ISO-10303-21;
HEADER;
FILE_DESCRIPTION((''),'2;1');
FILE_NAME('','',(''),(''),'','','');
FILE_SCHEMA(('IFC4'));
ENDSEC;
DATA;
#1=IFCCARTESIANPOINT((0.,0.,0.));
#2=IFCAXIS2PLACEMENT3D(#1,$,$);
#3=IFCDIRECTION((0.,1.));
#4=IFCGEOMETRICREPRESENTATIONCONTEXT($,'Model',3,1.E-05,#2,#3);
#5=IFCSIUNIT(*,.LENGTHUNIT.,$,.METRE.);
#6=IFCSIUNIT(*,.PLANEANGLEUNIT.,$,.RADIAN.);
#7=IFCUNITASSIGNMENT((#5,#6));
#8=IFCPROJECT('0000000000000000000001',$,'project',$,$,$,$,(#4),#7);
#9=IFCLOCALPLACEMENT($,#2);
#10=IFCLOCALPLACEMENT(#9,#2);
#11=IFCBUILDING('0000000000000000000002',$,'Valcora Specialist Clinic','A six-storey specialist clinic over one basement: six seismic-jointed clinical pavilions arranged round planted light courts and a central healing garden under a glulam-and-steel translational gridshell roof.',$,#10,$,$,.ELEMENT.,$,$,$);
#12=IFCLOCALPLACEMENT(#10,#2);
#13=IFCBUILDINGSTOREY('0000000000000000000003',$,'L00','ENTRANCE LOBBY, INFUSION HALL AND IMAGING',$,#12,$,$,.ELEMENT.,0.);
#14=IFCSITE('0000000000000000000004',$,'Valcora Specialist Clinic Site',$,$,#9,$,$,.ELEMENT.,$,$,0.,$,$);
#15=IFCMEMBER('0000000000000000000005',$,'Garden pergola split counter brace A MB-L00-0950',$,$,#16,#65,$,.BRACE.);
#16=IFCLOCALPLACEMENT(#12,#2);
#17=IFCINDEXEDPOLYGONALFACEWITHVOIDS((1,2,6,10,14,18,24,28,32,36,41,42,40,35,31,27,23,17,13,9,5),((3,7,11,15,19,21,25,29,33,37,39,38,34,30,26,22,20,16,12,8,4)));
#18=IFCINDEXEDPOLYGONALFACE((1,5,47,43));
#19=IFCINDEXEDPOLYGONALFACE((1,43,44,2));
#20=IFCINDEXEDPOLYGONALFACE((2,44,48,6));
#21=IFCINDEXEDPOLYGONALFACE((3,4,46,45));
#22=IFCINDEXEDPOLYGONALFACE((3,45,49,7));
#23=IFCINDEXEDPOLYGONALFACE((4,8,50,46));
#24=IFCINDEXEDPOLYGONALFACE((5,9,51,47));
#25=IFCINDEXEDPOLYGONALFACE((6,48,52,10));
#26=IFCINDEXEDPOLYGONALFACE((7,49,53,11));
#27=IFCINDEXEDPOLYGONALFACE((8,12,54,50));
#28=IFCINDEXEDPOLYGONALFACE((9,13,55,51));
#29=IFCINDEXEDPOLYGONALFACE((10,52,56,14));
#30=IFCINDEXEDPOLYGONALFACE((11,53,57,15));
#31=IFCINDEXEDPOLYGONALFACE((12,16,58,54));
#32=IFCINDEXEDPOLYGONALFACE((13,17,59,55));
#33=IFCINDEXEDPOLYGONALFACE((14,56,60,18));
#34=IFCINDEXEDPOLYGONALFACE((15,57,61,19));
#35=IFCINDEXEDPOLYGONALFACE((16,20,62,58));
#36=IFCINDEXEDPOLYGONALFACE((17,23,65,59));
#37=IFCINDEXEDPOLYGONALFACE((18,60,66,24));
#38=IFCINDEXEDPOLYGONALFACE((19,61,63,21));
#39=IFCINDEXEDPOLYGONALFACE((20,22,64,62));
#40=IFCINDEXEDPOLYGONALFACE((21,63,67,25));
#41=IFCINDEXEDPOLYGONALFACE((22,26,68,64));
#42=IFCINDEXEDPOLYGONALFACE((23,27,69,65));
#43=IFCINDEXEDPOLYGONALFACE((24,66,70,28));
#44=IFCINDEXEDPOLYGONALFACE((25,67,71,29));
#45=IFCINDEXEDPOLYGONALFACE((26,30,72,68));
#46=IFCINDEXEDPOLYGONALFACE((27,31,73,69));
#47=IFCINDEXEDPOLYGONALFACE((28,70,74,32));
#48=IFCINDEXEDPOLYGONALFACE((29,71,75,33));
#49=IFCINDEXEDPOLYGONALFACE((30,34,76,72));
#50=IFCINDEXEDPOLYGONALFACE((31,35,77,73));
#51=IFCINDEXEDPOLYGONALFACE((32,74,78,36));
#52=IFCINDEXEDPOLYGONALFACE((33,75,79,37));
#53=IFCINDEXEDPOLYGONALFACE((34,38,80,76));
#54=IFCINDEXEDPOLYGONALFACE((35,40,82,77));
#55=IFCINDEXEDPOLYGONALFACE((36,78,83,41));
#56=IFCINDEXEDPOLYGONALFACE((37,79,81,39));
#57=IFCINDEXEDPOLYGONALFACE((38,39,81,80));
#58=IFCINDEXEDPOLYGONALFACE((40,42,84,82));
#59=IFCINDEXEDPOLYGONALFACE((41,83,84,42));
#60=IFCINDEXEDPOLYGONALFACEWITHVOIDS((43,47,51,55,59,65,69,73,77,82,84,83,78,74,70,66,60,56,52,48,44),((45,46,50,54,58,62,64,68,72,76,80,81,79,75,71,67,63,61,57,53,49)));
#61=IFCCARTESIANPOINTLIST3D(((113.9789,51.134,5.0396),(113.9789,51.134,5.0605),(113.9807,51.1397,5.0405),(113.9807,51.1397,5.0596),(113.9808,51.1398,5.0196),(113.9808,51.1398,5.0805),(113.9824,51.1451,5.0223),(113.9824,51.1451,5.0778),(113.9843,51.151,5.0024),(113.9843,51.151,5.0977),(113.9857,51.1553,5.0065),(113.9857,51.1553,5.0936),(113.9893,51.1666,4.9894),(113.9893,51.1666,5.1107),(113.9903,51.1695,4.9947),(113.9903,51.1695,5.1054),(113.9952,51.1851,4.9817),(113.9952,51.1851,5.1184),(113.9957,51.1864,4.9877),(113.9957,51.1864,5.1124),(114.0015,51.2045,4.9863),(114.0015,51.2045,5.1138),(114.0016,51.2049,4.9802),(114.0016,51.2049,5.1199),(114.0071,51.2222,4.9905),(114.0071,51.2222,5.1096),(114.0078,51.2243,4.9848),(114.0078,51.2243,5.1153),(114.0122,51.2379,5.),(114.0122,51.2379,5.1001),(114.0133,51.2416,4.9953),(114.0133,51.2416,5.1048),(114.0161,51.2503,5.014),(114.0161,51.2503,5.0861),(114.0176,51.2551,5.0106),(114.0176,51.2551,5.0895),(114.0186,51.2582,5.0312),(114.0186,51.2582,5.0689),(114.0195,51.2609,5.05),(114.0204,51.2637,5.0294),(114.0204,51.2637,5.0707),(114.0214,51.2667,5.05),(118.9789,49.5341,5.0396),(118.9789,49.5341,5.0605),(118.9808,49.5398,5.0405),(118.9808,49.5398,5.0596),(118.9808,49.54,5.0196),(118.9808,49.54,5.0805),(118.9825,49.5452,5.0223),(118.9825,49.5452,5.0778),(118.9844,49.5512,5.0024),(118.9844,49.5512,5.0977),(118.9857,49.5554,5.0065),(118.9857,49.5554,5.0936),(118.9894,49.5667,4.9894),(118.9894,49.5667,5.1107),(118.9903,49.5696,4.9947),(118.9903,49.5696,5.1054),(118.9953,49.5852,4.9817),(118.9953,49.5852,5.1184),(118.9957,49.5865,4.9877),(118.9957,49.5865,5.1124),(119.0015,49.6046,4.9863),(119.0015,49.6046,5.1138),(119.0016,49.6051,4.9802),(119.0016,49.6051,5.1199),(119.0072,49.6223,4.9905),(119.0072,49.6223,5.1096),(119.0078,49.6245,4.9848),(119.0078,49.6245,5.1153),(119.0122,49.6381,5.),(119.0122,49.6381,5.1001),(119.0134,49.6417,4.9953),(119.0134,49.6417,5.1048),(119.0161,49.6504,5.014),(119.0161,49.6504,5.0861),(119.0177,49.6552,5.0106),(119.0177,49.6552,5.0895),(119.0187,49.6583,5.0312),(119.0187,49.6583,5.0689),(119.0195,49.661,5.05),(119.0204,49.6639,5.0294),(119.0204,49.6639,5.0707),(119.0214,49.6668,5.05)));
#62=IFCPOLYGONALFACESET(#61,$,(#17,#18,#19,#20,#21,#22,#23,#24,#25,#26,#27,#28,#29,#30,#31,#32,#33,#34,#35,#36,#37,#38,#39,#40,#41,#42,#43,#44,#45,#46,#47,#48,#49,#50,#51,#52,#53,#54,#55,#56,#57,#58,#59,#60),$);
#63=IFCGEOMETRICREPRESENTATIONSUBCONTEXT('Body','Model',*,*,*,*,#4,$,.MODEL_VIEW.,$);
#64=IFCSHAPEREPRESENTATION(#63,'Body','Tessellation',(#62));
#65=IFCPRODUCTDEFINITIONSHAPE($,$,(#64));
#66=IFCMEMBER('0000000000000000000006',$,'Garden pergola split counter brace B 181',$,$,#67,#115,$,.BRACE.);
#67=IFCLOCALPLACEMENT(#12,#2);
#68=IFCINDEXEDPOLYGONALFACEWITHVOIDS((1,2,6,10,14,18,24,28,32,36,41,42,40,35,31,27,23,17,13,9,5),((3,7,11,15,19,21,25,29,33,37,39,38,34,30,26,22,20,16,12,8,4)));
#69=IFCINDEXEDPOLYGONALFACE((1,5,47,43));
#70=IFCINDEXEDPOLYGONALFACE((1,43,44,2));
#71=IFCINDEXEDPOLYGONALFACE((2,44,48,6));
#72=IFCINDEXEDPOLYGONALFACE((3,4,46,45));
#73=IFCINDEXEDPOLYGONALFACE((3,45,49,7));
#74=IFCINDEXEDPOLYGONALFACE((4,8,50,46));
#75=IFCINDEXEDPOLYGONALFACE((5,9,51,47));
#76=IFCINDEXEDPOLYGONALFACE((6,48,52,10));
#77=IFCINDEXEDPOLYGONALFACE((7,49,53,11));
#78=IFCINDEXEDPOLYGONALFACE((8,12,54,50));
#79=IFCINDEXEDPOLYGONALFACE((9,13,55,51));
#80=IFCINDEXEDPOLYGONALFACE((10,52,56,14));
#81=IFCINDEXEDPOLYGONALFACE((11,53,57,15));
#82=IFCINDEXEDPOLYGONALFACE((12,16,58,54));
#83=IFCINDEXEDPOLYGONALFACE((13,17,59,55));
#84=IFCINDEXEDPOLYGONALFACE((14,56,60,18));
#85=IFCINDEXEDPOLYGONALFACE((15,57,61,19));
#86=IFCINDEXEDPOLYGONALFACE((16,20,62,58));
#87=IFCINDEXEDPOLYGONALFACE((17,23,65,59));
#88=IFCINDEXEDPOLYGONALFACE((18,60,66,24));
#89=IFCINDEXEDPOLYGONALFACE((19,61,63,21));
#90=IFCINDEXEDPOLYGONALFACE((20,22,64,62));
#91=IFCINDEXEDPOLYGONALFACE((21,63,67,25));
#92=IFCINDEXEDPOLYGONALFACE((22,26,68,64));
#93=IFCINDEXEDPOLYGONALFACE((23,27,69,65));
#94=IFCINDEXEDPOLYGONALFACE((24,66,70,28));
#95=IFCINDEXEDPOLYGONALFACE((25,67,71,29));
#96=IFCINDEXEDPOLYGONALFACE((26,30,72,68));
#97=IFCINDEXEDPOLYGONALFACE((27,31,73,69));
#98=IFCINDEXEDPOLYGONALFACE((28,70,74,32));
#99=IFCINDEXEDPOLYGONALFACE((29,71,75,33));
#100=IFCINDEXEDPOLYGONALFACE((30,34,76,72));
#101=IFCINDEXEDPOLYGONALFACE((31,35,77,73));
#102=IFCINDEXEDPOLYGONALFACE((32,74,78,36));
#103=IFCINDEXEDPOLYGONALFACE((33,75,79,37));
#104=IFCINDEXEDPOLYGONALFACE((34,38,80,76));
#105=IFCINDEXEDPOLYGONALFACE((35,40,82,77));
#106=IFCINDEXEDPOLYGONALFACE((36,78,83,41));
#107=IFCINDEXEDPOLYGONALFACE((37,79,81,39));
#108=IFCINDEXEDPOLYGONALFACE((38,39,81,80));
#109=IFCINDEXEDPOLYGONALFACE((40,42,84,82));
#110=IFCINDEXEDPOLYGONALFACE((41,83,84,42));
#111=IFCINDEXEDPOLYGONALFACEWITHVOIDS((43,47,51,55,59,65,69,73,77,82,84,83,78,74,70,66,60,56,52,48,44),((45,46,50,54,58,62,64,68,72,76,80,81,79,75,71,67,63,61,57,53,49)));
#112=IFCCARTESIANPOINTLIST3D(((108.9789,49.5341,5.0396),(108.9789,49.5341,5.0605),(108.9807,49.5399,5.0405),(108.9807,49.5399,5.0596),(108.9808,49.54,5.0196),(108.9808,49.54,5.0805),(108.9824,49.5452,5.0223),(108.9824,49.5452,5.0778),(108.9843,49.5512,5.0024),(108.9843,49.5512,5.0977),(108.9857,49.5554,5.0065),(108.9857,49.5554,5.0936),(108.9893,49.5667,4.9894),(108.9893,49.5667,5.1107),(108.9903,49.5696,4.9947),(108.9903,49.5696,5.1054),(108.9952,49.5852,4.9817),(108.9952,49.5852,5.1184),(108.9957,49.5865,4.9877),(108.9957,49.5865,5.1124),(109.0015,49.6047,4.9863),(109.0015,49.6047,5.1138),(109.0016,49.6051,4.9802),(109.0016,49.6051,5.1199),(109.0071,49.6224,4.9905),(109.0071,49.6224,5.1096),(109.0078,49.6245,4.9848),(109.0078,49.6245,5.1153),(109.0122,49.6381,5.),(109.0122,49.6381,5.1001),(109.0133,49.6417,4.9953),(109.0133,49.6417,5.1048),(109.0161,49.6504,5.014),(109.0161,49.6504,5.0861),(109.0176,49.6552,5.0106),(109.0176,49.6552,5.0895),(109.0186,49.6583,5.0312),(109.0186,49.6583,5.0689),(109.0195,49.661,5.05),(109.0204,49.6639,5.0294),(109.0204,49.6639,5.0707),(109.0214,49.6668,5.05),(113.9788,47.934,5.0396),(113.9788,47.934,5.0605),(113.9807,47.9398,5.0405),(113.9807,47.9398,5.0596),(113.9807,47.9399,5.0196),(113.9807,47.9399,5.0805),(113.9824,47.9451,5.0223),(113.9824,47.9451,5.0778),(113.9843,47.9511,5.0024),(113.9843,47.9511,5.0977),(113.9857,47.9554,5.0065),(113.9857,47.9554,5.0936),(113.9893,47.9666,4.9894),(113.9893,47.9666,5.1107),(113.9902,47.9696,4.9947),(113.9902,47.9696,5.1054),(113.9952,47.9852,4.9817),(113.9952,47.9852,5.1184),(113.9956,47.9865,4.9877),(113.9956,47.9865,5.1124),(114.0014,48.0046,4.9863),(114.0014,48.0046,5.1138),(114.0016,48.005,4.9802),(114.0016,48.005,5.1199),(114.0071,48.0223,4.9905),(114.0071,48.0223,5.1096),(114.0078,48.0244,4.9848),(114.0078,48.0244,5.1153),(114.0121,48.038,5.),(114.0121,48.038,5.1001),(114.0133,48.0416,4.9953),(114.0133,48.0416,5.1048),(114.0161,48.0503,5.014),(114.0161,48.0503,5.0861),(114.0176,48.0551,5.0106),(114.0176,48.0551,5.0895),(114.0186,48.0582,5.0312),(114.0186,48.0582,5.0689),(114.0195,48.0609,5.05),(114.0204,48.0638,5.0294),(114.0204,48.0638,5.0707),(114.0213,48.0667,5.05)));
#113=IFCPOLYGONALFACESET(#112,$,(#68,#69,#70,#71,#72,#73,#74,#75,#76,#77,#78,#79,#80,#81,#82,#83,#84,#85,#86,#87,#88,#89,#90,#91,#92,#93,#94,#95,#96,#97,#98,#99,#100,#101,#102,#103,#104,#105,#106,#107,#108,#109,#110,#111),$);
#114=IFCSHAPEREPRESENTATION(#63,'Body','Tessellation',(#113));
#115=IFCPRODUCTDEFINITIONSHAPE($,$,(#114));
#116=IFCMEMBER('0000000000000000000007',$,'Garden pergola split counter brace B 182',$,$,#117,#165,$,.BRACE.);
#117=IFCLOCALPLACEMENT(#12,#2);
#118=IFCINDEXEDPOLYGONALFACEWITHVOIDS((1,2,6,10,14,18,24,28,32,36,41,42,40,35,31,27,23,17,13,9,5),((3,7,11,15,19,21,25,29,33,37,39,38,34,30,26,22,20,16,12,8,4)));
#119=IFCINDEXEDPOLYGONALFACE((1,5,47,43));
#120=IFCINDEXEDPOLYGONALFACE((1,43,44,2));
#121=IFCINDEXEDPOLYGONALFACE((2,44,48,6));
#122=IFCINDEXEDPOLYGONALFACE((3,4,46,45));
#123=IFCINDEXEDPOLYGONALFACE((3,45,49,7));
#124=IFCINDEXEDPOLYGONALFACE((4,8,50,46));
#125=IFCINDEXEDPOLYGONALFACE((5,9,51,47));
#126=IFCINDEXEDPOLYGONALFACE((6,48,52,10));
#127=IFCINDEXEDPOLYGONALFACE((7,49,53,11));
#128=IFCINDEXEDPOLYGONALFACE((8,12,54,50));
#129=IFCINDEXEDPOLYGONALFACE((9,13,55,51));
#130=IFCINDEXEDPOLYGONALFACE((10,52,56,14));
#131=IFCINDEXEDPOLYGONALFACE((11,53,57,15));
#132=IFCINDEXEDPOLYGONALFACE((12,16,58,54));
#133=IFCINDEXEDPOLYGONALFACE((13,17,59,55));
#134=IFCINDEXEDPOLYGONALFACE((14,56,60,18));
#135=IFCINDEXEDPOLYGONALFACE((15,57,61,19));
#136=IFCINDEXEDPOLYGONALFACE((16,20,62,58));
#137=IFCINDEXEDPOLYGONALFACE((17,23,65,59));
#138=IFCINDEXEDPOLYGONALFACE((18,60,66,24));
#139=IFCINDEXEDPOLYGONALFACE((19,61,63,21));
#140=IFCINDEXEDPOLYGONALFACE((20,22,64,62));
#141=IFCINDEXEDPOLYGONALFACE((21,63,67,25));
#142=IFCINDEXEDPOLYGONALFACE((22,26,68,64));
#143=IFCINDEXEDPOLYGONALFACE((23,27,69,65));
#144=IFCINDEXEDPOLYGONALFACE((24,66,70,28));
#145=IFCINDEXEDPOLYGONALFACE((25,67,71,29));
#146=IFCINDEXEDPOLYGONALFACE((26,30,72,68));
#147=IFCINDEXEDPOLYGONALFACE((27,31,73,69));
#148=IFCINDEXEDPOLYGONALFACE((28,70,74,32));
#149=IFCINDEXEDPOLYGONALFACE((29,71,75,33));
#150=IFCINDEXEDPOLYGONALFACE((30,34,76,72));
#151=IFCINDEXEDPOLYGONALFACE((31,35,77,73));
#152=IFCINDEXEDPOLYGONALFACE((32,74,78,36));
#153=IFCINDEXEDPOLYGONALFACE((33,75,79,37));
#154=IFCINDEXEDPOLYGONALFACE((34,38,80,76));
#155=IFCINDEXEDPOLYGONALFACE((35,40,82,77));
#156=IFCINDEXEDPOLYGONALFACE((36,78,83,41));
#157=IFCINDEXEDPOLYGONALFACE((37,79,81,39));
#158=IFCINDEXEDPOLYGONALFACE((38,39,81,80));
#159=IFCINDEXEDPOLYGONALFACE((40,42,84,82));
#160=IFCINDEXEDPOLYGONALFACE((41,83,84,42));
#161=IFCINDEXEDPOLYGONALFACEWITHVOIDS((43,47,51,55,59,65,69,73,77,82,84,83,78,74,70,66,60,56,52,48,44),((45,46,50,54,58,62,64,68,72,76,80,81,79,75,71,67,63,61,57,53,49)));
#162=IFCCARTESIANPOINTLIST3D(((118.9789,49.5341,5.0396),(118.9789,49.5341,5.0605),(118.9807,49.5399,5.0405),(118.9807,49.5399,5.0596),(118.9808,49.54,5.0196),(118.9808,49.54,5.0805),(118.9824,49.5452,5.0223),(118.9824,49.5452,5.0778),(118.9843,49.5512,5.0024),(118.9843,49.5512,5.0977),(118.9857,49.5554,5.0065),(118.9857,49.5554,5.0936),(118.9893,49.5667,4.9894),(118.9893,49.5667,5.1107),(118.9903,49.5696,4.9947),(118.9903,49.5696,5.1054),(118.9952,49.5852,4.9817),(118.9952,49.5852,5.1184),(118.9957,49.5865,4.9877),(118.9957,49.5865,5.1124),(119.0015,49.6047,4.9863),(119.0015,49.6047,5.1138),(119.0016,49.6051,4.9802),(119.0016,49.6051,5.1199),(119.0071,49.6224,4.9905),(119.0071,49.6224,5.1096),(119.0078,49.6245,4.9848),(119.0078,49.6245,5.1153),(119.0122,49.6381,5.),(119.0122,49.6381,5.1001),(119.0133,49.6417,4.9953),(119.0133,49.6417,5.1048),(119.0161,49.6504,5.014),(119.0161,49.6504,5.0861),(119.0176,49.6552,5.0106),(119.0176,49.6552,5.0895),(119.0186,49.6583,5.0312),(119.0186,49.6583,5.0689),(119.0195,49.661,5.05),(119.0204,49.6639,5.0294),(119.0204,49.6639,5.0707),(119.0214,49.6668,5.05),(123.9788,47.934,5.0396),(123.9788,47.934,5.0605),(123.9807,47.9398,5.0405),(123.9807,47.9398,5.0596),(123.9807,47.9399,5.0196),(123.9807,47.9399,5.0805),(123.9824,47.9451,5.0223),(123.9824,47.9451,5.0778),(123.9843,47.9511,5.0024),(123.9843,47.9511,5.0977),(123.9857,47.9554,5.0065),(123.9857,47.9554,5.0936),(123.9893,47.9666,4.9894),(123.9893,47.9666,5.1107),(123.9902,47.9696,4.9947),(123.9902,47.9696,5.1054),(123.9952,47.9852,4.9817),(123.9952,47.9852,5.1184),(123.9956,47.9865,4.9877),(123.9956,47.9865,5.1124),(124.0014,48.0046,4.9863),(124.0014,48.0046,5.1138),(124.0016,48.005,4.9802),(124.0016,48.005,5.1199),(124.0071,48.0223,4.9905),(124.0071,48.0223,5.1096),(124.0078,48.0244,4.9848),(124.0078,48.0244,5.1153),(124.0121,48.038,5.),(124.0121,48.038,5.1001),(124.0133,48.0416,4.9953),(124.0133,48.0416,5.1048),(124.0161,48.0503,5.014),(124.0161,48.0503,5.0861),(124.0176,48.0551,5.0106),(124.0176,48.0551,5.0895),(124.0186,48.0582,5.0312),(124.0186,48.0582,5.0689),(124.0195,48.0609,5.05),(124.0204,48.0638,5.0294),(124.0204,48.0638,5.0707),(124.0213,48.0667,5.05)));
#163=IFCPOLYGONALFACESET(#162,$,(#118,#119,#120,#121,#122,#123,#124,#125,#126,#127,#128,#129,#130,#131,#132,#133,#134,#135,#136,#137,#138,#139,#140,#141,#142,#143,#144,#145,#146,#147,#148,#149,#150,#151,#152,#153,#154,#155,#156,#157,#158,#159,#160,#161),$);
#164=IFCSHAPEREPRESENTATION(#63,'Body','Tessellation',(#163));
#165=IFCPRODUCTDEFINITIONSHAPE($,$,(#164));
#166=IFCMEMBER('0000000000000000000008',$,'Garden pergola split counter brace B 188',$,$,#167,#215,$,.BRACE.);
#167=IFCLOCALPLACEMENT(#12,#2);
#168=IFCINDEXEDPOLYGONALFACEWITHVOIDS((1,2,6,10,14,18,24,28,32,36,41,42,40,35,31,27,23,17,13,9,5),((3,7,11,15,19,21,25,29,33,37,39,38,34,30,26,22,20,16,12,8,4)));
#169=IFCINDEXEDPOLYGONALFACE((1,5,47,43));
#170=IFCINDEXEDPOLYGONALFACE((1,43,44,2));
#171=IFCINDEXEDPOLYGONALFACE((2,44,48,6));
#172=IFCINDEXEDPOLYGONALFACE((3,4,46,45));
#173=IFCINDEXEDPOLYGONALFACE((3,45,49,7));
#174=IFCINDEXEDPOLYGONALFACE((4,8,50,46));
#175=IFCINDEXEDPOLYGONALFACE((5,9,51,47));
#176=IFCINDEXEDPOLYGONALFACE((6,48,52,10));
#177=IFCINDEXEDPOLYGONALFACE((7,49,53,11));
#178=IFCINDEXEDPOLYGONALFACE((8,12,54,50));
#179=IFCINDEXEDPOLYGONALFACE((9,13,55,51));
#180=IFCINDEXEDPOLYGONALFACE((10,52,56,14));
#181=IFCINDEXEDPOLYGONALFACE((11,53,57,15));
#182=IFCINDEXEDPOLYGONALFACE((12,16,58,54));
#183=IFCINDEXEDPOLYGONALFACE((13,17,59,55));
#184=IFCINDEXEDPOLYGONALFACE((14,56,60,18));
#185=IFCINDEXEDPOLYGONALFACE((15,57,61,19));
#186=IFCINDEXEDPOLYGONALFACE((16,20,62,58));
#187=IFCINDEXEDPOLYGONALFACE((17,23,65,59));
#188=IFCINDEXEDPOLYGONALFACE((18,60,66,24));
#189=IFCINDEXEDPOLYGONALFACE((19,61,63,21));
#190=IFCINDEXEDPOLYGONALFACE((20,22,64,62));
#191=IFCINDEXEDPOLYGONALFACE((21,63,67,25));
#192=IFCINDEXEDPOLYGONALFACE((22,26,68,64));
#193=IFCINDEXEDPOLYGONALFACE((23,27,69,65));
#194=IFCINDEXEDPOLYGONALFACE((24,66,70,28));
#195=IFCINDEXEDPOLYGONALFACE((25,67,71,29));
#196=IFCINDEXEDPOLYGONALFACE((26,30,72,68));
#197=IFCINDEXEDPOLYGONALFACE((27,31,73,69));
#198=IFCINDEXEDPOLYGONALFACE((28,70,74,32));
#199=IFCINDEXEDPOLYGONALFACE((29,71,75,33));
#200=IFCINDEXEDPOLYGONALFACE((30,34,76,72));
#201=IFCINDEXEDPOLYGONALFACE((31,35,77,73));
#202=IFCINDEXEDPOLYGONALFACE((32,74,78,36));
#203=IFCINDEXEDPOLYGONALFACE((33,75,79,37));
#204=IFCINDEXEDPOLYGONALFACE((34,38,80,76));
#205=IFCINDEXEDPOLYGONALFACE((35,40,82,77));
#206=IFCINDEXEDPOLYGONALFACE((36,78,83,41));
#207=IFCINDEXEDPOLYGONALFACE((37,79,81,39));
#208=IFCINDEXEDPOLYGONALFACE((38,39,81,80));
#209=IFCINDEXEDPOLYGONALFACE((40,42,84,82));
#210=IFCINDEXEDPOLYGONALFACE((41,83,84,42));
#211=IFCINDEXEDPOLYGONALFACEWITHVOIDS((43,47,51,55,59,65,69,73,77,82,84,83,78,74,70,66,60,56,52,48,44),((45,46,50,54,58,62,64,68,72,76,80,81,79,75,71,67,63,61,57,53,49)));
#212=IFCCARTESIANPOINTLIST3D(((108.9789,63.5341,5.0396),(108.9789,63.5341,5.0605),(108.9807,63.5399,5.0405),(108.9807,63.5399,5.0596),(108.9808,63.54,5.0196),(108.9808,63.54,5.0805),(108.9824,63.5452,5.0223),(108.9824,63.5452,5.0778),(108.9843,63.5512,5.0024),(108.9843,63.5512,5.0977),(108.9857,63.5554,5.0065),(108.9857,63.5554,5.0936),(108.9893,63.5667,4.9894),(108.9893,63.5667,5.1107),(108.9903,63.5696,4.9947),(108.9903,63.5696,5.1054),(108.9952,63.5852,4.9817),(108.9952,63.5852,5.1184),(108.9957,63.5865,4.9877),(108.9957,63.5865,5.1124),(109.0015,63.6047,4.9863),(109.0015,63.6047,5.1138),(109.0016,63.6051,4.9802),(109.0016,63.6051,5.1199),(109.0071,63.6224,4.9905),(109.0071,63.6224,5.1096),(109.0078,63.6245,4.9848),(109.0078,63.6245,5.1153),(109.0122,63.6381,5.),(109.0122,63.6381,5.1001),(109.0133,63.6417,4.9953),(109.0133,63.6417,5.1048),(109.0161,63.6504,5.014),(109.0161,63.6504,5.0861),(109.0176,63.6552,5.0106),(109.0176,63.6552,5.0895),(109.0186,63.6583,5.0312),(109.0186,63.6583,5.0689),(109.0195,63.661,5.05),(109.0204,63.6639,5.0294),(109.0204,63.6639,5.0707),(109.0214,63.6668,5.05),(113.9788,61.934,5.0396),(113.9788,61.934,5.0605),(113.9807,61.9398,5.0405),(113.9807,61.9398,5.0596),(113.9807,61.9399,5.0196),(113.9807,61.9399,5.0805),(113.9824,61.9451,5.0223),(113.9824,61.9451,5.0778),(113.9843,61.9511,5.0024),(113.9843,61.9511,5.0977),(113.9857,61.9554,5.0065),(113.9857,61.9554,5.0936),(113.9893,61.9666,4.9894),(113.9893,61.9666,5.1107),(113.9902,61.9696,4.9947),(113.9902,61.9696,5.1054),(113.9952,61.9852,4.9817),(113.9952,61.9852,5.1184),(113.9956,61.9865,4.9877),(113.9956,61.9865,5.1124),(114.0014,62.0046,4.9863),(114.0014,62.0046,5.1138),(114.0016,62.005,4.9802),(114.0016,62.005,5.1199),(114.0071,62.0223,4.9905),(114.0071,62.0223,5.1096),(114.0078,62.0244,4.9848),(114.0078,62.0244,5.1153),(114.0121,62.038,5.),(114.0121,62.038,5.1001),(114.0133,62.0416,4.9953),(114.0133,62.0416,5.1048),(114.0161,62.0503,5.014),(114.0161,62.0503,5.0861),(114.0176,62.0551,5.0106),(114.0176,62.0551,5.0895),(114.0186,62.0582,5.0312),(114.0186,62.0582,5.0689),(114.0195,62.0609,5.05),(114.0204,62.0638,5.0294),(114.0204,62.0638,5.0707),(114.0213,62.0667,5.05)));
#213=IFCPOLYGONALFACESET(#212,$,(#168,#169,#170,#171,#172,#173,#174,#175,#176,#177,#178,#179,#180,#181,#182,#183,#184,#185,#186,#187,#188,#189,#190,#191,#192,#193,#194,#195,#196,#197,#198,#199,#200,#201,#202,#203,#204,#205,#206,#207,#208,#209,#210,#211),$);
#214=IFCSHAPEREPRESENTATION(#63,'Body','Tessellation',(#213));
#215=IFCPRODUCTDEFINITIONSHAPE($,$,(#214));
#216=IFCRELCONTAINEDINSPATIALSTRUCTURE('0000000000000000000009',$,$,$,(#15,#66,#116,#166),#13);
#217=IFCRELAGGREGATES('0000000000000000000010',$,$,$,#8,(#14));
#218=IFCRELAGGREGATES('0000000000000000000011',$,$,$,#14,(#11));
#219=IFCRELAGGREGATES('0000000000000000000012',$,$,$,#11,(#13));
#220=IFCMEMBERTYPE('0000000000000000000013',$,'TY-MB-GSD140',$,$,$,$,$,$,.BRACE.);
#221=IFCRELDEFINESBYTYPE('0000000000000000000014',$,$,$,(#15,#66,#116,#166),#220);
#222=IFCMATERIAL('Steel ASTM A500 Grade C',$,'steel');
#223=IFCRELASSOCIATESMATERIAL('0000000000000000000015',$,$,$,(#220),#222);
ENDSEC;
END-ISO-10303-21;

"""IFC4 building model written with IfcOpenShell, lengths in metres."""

from ifc_helpers import new_model, si_unit, direction, frame, origin, origin_2d, place, context, subcontext, project, spatial, hollow_circle, extrude, material, material_profile, profile_set, type_object, element, save


model = new_model("IFC4")

# Units and contexts
model_context = context("Model", 3, precision=1e-05, world=origin(), true_north=direction((0.0, 1.0)))
body_context = subcontext(model_context, "Body", "Model", "MODEL_VIEW")
ifc_project = project(units=[si_unit("LENGTHUNIT", "METRE"), si_unit("PLANEANGLEUNIT", "RADIAN")], contexts=[model_context])

# Site, building, storey
site_placement = place(None, origin())
site = spatial("IfcSite", under=ifc_project, at=site_placement, Name="Valcora Specialist Clinic Site", CompositionType="ELEMENT", RefElevation=0.0)
building_placement = place(site_placement, origin())
building = spatial("IfcBuilding", under=site, at=building_placement, Name="Valcora Specialist Clinic", Description="A six-storey specialist clinic over one basement: six seismic-jointed clinical pavilions arranged round planted light courts and a central healing garden under a glulam-and-steel translational gridshell roof.", CompositionType="ELEMENT")
storey_placement = place(building_placement, origin())
storey = spatial("IfcBuildingStorey", under=building, at=storey_placement, Name="L00", Description="ENTRANCE LOBBY, INFUSION HALL AND IMAGING", CompositionType="ELEMENT", Elevation=0.0)

# Members
ifc_material_1 = material(Name="Steel ASTM A500 Grade C", Category="steel")
ifc_material_profile_1 = material_profile(ifc_material_1, hollow_circle(Radius=0.0701, WallThickness=0.0061, at=origin_2d()), Name="ST-CHS-140X6")
ifc_profile_set_1 = profile_set([ifc_material_profile_1], Name="Steel ASTM A500 Grade C")
member_type_1 = type_object("IfcMemberType", Name="TY-MB-GSD140", PredefinedType="BRACE", material=ifc_profile_set_1)
for number, where, z_axis, x_axis, name in (
    (1, (114.0, 51.2, 5.05), (0.952432, -0.30475, 0.0), (0.30475, 0.952432, 0.0), "Garden pergola split counter brace A MB-L00-0950"),
    (2, (109.0, 49.6001, 5.05), (0.952419, -0.304793, 0.0), (0.304793, 0.952419, 0.0), "Garden pergola split counter brace B 181"),
    (3, (119.0, 49.6001, 5.05), (0.952419, -0.304793, 0.0), (0.304793, 0.952419, 0.0), "Garden pergola split counter brace B 182"),
    (4, (109.0, 63.6001, 5.05), (0.952419, -0.304793, 0.0), (0.304793, 0.952419, 0.0), "Garden pergola split counter brace B 188"),
):
    element("IfcMember", number, at=place(storey_placement, frame(where, z_axis=z_axis, x_axis=x_axis)), inside=storey, type_object=member_type_1, Name=name, PredefinedType="BRACE", context=body_context, shape_type="SweptSolid", body=[
        extrude(hollow_circle(Radius=0.0701, WallThickness=0.0061, at=origin_2d()), origin(), (0.0, 0.0, 1.0), 5.2498),
    ])

save(model, "model.ifc")
